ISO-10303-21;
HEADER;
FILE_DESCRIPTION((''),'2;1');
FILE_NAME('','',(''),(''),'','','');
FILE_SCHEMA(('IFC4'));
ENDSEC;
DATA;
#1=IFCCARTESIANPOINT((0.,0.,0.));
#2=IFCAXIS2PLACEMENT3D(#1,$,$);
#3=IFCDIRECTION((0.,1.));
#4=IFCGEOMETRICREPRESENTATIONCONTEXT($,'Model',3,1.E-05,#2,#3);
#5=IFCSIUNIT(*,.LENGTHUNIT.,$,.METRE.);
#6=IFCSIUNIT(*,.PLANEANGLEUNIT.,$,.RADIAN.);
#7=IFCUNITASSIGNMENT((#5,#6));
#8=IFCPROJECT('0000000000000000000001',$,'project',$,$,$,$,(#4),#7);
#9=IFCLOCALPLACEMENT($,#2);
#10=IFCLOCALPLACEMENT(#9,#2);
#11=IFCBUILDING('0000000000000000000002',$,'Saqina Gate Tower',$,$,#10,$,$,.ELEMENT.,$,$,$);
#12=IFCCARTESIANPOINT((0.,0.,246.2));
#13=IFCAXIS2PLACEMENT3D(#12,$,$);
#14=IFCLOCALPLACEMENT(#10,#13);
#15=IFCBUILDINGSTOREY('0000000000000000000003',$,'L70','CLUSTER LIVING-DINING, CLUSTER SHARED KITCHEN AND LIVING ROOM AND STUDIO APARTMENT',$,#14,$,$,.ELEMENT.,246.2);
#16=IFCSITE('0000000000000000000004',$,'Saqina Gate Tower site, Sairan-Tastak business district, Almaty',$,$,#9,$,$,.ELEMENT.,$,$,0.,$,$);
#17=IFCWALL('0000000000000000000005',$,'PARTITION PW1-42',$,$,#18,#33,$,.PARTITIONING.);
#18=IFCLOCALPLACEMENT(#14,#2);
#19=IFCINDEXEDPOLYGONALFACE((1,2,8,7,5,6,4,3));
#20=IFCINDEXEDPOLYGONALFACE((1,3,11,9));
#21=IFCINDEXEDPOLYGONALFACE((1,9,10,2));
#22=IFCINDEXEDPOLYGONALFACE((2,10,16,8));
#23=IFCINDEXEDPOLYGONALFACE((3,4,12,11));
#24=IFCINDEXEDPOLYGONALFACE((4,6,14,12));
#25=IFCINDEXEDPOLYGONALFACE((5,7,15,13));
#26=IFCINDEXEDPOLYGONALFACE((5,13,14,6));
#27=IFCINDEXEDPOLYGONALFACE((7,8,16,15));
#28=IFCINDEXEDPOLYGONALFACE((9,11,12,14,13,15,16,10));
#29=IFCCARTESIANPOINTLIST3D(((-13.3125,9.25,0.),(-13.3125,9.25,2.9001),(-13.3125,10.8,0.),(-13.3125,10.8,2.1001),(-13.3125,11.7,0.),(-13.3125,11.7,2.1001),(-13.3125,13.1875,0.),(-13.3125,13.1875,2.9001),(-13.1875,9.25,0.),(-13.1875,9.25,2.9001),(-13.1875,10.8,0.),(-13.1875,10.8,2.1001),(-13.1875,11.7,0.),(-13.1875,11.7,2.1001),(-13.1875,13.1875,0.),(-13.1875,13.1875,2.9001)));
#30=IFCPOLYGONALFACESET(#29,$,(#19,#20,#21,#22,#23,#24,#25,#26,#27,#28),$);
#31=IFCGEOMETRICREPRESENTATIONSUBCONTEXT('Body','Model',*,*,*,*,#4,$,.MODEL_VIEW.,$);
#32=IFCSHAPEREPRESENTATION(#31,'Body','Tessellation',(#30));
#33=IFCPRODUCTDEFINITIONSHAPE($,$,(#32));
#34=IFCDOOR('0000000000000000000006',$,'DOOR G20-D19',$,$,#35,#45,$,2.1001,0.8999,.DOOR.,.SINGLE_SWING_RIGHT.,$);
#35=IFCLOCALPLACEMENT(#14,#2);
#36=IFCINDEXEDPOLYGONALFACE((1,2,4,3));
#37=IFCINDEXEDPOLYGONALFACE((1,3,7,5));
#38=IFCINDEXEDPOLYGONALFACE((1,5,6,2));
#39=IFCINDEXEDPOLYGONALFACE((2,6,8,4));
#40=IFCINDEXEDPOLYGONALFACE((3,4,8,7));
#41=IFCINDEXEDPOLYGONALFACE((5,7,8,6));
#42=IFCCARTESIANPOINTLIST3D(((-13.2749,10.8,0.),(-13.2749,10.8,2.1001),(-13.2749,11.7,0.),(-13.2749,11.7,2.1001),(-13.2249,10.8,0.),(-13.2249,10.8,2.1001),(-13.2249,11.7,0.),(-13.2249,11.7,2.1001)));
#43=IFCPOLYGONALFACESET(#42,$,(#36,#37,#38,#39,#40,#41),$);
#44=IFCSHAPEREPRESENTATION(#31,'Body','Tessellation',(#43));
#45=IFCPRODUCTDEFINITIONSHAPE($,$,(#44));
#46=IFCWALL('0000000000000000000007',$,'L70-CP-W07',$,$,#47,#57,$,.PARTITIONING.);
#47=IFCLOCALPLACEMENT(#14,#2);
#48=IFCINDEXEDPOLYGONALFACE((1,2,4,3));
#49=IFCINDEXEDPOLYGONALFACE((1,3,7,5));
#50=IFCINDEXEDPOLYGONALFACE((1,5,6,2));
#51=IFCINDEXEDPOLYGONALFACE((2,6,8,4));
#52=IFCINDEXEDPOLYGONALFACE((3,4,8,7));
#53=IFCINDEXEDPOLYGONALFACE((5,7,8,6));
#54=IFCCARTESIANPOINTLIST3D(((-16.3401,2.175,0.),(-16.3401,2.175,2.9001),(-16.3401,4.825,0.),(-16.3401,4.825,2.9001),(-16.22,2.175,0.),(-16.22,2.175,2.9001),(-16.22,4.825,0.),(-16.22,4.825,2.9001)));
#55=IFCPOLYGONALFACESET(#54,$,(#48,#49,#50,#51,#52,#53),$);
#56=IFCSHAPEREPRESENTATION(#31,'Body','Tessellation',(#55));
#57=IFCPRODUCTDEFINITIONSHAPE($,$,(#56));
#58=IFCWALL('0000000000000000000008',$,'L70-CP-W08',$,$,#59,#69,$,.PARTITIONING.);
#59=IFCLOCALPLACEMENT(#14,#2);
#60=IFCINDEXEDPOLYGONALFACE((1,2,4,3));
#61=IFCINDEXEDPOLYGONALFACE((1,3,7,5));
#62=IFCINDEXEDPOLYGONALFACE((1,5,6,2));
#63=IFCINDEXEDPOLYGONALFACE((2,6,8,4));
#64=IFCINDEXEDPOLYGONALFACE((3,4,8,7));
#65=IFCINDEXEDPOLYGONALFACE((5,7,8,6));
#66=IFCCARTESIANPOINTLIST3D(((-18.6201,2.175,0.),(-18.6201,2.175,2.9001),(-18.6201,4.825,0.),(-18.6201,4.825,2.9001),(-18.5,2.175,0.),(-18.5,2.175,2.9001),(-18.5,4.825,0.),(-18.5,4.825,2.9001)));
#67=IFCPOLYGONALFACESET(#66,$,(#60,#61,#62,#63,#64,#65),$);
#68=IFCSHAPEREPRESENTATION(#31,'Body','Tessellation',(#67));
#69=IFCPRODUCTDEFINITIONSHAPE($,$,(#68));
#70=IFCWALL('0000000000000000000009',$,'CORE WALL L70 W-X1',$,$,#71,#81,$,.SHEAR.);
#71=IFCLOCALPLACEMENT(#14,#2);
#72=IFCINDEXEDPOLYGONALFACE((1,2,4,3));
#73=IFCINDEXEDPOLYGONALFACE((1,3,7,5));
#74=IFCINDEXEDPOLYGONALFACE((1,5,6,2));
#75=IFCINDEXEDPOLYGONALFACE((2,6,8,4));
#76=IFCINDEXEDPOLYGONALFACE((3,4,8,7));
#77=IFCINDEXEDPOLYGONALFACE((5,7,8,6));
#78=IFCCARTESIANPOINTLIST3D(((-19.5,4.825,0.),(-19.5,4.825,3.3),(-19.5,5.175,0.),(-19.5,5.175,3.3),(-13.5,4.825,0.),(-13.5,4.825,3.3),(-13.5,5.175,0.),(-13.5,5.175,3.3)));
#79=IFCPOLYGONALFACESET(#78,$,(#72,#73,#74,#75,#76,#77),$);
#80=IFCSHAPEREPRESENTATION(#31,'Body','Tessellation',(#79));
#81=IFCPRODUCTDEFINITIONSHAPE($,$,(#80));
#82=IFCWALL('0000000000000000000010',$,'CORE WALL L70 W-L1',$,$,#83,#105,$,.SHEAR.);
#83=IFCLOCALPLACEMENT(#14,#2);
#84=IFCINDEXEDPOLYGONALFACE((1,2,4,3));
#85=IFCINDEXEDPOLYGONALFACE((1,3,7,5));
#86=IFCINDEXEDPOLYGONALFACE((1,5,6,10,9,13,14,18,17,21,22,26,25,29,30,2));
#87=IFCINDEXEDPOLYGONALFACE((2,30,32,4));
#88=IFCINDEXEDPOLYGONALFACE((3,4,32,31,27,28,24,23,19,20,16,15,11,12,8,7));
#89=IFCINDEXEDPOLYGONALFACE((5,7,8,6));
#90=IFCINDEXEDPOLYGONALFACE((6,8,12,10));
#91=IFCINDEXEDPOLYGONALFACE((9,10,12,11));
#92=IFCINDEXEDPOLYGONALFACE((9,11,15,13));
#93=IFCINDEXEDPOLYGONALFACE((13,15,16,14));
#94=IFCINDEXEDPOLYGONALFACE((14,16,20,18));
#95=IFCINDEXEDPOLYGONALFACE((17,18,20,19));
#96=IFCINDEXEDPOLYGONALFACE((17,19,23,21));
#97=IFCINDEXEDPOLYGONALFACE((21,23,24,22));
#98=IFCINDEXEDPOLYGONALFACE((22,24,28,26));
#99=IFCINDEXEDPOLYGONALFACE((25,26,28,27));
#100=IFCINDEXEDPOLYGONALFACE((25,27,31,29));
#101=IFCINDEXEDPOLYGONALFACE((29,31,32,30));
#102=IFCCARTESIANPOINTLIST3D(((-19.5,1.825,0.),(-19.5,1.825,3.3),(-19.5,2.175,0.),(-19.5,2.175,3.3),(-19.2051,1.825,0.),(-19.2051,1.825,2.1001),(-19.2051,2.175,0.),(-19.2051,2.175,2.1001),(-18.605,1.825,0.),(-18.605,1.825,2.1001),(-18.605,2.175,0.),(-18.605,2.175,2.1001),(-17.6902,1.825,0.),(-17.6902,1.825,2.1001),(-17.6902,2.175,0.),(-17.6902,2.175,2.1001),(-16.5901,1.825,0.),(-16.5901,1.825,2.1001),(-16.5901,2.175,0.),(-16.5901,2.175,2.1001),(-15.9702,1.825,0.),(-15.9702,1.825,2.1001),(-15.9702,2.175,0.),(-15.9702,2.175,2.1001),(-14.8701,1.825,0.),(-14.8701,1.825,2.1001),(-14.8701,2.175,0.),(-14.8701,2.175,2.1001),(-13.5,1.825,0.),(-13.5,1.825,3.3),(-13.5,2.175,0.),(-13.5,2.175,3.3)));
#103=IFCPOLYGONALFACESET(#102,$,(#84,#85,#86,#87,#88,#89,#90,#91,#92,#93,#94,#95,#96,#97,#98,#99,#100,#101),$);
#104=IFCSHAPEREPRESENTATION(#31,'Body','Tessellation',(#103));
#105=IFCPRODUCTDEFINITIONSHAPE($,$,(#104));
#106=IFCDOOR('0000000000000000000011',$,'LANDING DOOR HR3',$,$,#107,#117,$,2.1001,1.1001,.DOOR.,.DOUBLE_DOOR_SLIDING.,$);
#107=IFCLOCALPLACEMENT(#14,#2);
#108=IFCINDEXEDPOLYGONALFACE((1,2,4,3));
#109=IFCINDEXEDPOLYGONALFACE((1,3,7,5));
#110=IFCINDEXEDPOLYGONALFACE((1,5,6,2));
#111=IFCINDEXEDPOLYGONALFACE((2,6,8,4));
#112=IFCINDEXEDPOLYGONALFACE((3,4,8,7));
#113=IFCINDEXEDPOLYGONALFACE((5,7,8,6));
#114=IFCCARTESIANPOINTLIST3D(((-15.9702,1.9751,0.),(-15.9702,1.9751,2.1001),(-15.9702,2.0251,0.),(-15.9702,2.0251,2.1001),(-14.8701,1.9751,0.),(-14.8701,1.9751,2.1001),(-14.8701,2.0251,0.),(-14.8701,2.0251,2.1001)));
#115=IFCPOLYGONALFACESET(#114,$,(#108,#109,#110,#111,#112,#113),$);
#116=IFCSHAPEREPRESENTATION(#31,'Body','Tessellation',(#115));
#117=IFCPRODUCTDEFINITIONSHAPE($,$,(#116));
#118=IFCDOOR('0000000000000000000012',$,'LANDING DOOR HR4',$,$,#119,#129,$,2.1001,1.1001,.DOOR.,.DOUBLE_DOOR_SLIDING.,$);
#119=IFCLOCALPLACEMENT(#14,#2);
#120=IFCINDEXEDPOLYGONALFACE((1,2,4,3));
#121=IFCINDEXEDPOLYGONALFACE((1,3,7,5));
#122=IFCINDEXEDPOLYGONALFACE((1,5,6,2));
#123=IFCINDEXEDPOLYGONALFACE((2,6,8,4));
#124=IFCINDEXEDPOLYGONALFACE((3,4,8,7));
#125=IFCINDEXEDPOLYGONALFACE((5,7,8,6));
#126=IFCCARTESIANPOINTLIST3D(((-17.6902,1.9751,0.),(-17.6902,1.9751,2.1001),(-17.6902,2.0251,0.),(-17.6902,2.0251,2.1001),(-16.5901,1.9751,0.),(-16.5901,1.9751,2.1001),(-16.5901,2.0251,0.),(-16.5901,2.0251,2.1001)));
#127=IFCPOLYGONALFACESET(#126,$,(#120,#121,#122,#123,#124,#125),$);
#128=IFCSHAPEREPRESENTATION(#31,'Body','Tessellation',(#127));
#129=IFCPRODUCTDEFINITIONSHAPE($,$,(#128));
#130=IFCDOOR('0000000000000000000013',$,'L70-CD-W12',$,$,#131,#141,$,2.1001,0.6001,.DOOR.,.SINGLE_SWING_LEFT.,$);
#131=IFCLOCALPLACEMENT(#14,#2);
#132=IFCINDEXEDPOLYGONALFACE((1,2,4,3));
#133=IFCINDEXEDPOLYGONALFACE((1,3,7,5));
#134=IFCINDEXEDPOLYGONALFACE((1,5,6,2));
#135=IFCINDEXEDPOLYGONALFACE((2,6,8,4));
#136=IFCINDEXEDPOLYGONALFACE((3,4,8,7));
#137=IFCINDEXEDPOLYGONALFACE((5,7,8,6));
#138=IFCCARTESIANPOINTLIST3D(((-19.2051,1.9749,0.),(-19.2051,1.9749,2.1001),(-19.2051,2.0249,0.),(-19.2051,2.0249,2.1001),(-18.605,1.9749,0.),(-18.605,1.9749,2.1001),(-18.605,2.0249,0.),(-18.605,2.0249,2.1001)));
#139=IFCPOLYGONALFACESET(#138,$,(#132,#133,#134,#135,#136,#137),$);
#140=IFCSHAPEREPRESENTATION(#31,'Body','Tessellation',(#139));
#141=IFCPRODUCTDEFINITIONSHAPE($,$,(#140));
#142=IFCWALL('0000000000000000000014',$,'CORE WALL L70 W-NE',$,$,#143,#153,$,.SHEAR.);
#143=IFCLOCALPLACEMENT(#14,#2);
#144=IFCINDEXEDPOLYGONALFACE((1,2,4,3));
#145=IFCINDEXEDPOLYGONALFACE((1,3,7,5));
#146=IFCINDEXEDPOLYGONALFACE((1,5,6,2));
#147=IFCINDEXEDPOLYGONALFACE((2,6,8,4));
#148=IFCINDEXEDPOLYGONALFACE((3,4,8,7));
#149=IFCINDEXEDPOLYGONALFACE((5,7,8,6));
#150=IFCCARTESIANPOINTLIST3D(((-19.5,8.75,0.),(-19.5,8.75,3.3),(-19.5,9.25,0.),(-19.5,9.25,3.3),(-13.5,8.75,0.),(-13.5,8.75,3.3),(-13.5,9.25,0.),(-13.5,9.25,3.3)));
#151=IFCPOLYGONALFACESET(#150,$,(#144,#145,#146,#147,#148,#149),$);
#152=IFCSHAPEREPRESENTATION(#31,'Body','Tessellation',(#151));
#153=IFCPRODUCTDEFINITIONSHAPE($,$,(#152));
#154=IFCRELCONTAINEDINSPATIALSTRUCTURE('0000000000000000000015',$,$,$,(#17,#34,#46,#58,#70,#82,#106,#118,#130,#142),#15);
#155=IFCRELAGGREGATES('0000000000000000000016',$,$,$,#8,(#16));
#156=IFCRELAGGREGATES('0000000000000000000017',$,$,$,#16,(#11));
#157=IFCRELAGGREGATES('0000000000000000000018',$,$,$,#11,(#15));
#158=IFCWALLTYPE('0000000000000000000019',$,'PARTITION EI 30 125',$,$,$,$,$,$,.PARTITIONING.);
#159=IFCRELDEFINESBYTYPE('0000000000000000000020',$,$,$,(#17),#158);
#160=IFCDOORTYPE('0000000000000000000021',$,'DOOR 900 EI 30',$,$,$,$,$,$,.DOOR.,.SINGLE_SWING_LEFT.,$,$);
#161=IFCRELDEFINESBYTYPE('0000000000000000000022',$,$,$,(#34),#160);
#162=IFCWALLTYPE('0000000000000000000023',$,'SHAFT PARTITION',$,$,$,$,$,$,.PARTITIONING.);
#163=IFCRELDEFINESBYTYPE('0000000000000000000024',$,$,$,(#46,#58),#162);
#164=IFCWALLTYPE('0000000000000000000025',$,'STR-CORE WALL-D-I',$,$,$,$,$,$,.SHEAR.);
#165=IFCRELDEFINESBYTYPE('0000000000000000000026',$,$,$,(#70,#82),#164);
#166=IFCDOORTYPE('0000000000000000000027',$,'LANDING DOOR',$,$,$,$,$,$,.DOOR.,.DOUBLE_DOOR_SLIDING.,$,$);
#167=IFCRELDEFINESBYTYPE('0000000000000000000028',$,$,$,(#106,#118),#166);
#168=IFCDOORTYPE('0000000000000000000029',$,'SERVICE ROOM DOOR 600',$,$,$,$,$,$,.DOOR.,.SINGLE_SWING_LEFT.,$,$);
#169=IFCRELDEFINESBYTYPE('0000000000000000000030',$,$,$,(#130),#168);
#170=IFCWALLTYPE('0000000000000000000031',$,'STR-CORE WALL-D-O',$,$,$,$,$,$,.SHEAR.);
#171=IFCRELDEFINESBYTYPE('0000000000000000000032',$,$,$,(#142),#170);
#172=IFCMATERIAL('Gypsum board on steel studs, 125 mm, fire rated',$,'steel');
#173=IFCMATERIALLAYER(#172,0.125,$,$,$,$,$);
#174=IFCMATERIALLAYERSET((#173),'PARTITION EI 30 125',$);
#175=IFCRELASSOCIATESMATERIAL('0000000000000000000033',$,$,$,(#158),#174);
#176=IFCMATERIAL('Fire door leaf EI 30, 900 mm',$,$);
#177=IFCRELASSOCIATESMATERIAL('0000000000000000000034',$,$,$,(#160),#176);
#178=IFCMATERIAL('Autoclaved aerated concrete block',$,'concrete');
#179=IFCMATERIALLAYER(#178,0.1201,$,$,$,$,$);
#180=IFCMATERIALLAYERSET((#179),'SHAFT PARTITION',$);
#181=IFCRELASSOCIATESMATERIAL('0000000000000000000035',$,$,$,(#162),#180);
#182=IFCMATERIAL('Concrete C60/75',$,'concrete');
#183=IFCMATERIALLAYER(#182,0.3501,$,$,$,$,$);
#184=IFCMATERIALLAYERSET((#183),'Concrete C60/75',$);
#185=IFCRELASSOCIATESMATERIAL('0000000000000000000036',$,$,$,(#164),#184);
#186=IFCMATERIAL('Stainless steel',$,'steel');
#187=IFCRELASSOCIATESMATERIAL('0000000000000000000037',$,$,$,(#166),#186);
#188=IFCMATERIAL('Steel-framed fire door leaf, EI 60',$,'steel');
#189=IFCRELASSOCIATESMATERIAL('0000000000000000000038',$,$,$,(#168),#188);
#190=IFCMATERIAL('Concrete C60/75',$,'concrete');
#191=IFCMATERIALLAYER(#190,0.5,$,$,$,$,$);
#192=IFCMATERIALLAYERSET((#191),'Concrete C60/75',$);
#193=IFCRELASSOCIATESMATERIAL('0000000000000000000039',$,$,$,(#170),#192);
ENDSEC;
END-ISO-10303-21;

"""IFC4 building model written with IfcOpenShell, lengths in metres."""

from ifc_helpers import new_model, si_unit, direction, frame, frame_2d, origin, place, context, subcontext, project, spatial, rectangle, extrude, material, layer, layer_set, type_object, element, fill, save


model = new_model("IFC4")

# Units and contexts
model_context = context("Model", 3, precision=1e-05, world=origin(), true_north=direction((0.0, 1.0)))
body_context = subcontext(model_context, "Body", "Model", "MODEL_VIEW")
ifc_project = project(units=[si_unit("LENGTHUNIT", "METRE"), si_unit("PLANEANGLEUNIT", "RADIAN")], contexts=[model_context])

# Site, building, storey
site_placement = place(None, origin())
site = spatial("IfcSite", under=ifc_project, at=site_placement, Name="Saqina Gate Tower site, Sairan-Tastak business district, Almaty", CompositionType="ELEMENT", RefElevation=0.0)
building_placement = place(site_placement, origin())
building = spatial("IfcBuilding", under=site, at=building_placement, Name="Saqina Gate Tower", CompositionType="ELEMENT")
storey_placement = place(building_placement, frame((0.0, 0.0, 246.2)))
storey = spatial("IfcBuildingStorey", under=building, at=storey_placement, Name="L70", Description="CLUSTER LIVING-DINING, CLUSTER SHARED KITCHEN AND LIVING ROOM AND STUDIO APARTMENT", CompositionType="ELEMENT", Elevation=246.2)

# Wall, opening, door
ifc_material_1 = material(Name="Gypsum board on steel studs, 125 mm, fire rated", Category="steel")
ifc_layer_1 = layer(ifc_material_1, 0.125)
ifc_layer_set_1 = layer_set([ifc_layer_1], Name="PARTITION EI 30 125")
wall_type_1 = type_object("IfcWallType", Name="PARTITION EI 30 125", PredefinedType="PARTITIONING", material=ifc_layer_set_1)
wall_1_placement = place(storey_placement, frame((-13.25, 9.25, 0.0), z_axis=(0.0, 0.0, 1.0), x_axis=(0.0, 1.0, 0.0)))
wall_1 = element("IfcWall", 1, at=wall_1_placement, inside=storey, type_object=wall_type_1, Name="PARTITION PW1-42", PredefinedType="PARTITIONING", context=body_context, shape_type="SweptSolid", body=[
    extrude(rectangle(XDim=3.9375, YDim=0.125, at=frame_2d((1.9688, 0.0))), origin(), (0.0, 0.0, 1.0), 2.9001),
])
opening_1_placement = place(wall_1_placement, frame((1.55, 0.0, 0.0)))
opening_1 = element("IfcOpeningElement", 2, at=opening_1_placement, cuts=wall_1, PredefinedType="OPENING", context=body_context, shape_type="SweptSolid", body=[
    extrude(rectangle(XDim=0.8999, YDim=2.1001, at=frame_2d((0.45, 1.05))), frame((0.0, 0.0745, 0.0), z_axis=(0.0, -1.0, 0.0), x_axis=(1.0, 0.0, 0.0)), (0.0, 0.0, 1.0), 0.1489),
])
ifc_material_2 = material(Name="Fire door leaf EI 30, 900 mm")
door_type_1 = type_object("IfcDoorType", Name="DOOR 900 EI 30", OperationType="SINGLE_SWING_LEFT", PredefinedType="DOOR", material=ifc_material_2)
door_1_placement = place(opening_1_placement, origin())
door_1 = element("IfcDoor", 3, at=door_1_placement, inside=storey, type_object=door_type_1, Name="DOOR G20-D19", OperationType="SINGLE_SWING_RIGHT", OverallHeight=2.1001, OverallWidth=0.8999, PredefinedType="DOOR", context=body_context, shape_type="SweptSolid", body=[
    extrude(rectangle(XDim=0.8999, YDim=2.1001, at=frame_2d((0.45, 1.05))), frame((0.0, 0.0249, 0.0), z_axis=(0.0, -1.0, 0.0), x_axis=(1.0, 0.0, 0.0)), (0.0, 0.0, 1.0), 0.05),
])
fill(opening_1, door_1)

# Walls
ifc_material_3 = material(Name="Autoclaved aerated concrete block", Category="concrete")
ifc_layer_2 = layer(ifc_material_3, 0.1201)
ifc_layer_set_2 = layer_set([ifc_layer_2], Name="SHAFT PARTITION")
wall_type_2 = type_object("IfcWallType", Name="SHAFT PARTITION", PredefinedType="PARTITIONING", material=ifc_layer_set_2)
for number, where, z_axis, x_axis, name in (
    (4, (-16.28, 2.175, 0.0), (0.0, 0.0, 1.0), (0.0, 1.0, 0.0), "L70-CP-W07"),
    (5, (-18.5601, 2.175, 0.0), (0.0, 0.0, 1.0), (0.0, 1.0, 0.0), "L70-CP-W08"),
):
    element("IfcWall", number, at=place(storey_placement, frame(where, z_axis=z_axis, x_axis=x_axis)), inside=storey, type_object=wall_type_2, Name=name, PredefinedType="PARTITIONING", context=body_context, shape_type="SweptSolid", body=[
        extrude(rectangle(XDim=2.6499, YDim=0.1201, at=frame_2d((1.325, 0.0))), origin(), (0.0, 0.0, 1.0), 2.9001),
    ])
ifc_material_4 = material(Name="Concrete C60/75", Category="concrete")
ifc_layer_3 = layer(ifc_material_4, 0.3501)
ifc_layer_set_3 = layer_set([ifc_layer_3], Name="Concrete C60/75")
wall_type_3 = type_object("IfcWallType", Name="STR-CORE WALL-D-I", PredefinedType="SHEAR", material=ifc_layer_set_3)
wall_2_placement = place(storey_placement, frame((-13.5, 5.0, 0.0), z_axis=(0.0, 0.0, 1.0), x_axis=(-1.0, 0.0, 0.0)))
element("IfcWall", 6, at=wall_2_placement, inside=storey, type_object=wall_type_3, Name="CORE WALL L70 W-X1", PredefinedType="SHEAR", context=body_context, shape_type="SweptSolid", body=[
    extrude(rectangle(XDim=6.0, YDim=0.3501, at=frame_2d((3.0, 0.0))), origin(), (0.0, 0.0, 1.0), 3.3),
])

# Wall, openings, doors
wall_3_placement = place(storey_placement, frame((-13.5, 2.0, 0.0), z_axis=(0.0, 0.0, 1.0), x_axis=(-1.0, 0.0, 0.0)))
wall_3 = element("IfcWall", 7, at=wall_3_placement, inside=storey, type_object=wall_type_3, Name="CORE WALL L70 W-L1", PredefinedType="SHEAR", context=body_context, shape_type="SweptSolid", body=[
    extrude(rectangle(XDim=6.0, YDim=0.3501, at=frame_2d((3.0, 0.0))), origin(), (0.0, 0.0, 1.0), 3.3),
])
opening_2_placement = place(wall_3_placement, frame((1.3701, 0.0, 0.0)))
opening_2 = element("IfcOpeningElement", 8, at=opening_2_placement, cuts=wall_3, PredefinedType="OPENING", context=body_context, shape_type="SweptSolid", body=[
    extrude(rectangle(XDim=1.1001, YDim=2.1001, at=frame_2d((0.55, 1.05))), frame((0.0, 0.187, 0.0), z_axis=(0.0, -1.0, 0.0), x_axis=(1.0, 0.0, 0.0)), (0.0, 0.0, 1.0), 0.374),
])
opening_3_placement = place(wall_3_placement, frame((3.0901, 0.0, 0.0)))
opening_3 = element("IfcOpeningElement", 9, at=opening_3_placement, cuts=wall_3, PredefinedType="OPENING", context=body_context, shape_type="SweptSolid", body=[
    extrude(rectangle(XDim=1.1001, YDim=2.1001, at=frame_2d((0.55, 1.05))), frame((0.0, 0.187, 0.0), z_axis=(0.0, -1.0, 0.0), x_axis=(1.0, 0.0, 0.0)), (0.0, 0.0, 1.0), 0.374),
])
opening_4_placement = place(wall_3_placement, frame((5.105, 0.0, 0.0)))
opening_4 = element("IfcOpeningElement", 10, at=opening_4_placement, cuts=wall_3, PredefinedType="OPENING", context=body_context, shape_type="SweptSolid", body=[
    extrude(rectangle(XDim=0.6001, YDim=2.1001, at=frame_2d((0.3, 1.05))), frame((0.0, 0.187, 0.0), z_axis=(0.0, -1.0, 0.0), x_axis=(1.0, 0.0, 0.0)), (0.0, 0.0, 1.0), 0.374),
])
ifc_material_5 = material(Name="Stainless steel", Category="steel")
door_type_2 = type_object("IfcDoorType", Name="LANDING DOOR", OperationType="DOUBLE_DOOR_SLIDING", PredefinedType="DOOR", material=ifc_material_5)
door_2_placement = place(opening_2_placement, origin())
door_2 = element("IfcDoor", 11, at=door_2_placement, inside=storey, type_object=door_type_2, Name="LANDING DOOR HR3", OperationType="DOUBLE_DOOR_SLIDING", OverallHeight=2.1001, OverallWidth=1.1001, PredefinedType="DOOR", context=body_context, shape_type="SweptSolid", body=[
    extrude(rectangle(XDim=1.1001, YDim=2.1001, at=frame_2d((0.55, 1.05))), frame((0.0, 0.0249, 0.0), z_axis=(0.0, -1.0, 0.0), x_axis=(1.0, 0.0, 0.0)), (0.0, 0.0, 1.0), 0.05),
])
fill(opening_2, door_2)
door_3_placement = place(opening_3_placement, origin())
door_3 = element("IfcDoor", 12, at=door_3_placement, inside=storey, type_object=door_type_2, Name="LANDING DOOR HR4", OperationType="DOUBLE_DOOR_SLIDING", OverallHeight=2.1001, OverallWidth=1.1001, PredefinedType="DOOR", context=body_context, shape_type="SweptSolid", body=[
    extrude(rectangle(XDim=1.1001, YDim=2.1001, at=frame_2d((0.55, 1.05))), frame((0.0, 0.0249, 0.0), z_axis=(0.0, -1.0, 0.0), x_axis=(1.0, 0.0, 0.0)), (0.0, 0.0, 1.0), 0.05),
])
fill(opening_3, door_3)
ifc_material_6 = material(Name="Steel-framed fire door leaf, EI 60", Category="steel")
door_type_3 = type_object("IfcDoorType", Name="SERVICE ROOM DOOR 600", OperationType="SINGLE_SWING_LEFT", PredefinedType="DOOR", material=ifc_material_6)
door_4_placement = place(opening_4_placement, frame((0.6001, 0.0, 0.0), z_axis=(0.0, 0.0, 1.0), x_axis=(-1.0, 0.0, 0.0)))
door_4 = element("IfcDoor", 13, at=door_4_placement, inside=storey, type_object=door_type_3, Name="L70-CD-W12", OperationType="SINGLE_SWING_LEFT", OverallHeight=2.1001, OverallWidth=0.6001, PredefinedType="DOOR", context=body_context, shape_type="SweptSolid", body=[
    extrude(rectangle(XDim=0.6001, YDim=2.1001, at=frame_2d((0.3, 1.05))), frame((0.0, 0.0249, 0.0), z_axis=(0.0, -1.0, 0.0), x_axis=(1.0, 0.0, 0.0)), (0.0, 0.0, 1.0), 0.05),
])
fill(opening_4, door_4)

# Wall
ifc_material_7 = material(Name="Concrete C60/75", Category="concrete")
ifc_layer_4 = layer(ifc_material_7, 0.5)
ifc_layer_set_4 = layer_set([ifc_layer_4], Name="Concrete C60/75")
wall_type_4 = type_object("IfcWallType", Name="STR-CORE WALL-D-O", PredefinedType="SHEAR", material=ifc_layer_set_4)
wall_4_placement = place(storey_placement, frame((-13.5, 9.0, 0.0), z_axis=(0.0, 0.0, 1.0), x_axis=(-1.0, 0.0, 0.0)))
element("IfcWall", 14, at=wall_4_placement, inside=storey, type_object=wall_type_4, Name="CORE WALL L70 W-NE", PredefinedType="SHEAR", context=body_context, shape_type="SweptSolid", body=[
    extrude(rectangle(XDim=6.0, YDim=0.5, at=frame_2d((3.0, 0.0))), origin(), (0.0, 0.0, 1.0), 3.3),
])

save(model, "model.ifc")
